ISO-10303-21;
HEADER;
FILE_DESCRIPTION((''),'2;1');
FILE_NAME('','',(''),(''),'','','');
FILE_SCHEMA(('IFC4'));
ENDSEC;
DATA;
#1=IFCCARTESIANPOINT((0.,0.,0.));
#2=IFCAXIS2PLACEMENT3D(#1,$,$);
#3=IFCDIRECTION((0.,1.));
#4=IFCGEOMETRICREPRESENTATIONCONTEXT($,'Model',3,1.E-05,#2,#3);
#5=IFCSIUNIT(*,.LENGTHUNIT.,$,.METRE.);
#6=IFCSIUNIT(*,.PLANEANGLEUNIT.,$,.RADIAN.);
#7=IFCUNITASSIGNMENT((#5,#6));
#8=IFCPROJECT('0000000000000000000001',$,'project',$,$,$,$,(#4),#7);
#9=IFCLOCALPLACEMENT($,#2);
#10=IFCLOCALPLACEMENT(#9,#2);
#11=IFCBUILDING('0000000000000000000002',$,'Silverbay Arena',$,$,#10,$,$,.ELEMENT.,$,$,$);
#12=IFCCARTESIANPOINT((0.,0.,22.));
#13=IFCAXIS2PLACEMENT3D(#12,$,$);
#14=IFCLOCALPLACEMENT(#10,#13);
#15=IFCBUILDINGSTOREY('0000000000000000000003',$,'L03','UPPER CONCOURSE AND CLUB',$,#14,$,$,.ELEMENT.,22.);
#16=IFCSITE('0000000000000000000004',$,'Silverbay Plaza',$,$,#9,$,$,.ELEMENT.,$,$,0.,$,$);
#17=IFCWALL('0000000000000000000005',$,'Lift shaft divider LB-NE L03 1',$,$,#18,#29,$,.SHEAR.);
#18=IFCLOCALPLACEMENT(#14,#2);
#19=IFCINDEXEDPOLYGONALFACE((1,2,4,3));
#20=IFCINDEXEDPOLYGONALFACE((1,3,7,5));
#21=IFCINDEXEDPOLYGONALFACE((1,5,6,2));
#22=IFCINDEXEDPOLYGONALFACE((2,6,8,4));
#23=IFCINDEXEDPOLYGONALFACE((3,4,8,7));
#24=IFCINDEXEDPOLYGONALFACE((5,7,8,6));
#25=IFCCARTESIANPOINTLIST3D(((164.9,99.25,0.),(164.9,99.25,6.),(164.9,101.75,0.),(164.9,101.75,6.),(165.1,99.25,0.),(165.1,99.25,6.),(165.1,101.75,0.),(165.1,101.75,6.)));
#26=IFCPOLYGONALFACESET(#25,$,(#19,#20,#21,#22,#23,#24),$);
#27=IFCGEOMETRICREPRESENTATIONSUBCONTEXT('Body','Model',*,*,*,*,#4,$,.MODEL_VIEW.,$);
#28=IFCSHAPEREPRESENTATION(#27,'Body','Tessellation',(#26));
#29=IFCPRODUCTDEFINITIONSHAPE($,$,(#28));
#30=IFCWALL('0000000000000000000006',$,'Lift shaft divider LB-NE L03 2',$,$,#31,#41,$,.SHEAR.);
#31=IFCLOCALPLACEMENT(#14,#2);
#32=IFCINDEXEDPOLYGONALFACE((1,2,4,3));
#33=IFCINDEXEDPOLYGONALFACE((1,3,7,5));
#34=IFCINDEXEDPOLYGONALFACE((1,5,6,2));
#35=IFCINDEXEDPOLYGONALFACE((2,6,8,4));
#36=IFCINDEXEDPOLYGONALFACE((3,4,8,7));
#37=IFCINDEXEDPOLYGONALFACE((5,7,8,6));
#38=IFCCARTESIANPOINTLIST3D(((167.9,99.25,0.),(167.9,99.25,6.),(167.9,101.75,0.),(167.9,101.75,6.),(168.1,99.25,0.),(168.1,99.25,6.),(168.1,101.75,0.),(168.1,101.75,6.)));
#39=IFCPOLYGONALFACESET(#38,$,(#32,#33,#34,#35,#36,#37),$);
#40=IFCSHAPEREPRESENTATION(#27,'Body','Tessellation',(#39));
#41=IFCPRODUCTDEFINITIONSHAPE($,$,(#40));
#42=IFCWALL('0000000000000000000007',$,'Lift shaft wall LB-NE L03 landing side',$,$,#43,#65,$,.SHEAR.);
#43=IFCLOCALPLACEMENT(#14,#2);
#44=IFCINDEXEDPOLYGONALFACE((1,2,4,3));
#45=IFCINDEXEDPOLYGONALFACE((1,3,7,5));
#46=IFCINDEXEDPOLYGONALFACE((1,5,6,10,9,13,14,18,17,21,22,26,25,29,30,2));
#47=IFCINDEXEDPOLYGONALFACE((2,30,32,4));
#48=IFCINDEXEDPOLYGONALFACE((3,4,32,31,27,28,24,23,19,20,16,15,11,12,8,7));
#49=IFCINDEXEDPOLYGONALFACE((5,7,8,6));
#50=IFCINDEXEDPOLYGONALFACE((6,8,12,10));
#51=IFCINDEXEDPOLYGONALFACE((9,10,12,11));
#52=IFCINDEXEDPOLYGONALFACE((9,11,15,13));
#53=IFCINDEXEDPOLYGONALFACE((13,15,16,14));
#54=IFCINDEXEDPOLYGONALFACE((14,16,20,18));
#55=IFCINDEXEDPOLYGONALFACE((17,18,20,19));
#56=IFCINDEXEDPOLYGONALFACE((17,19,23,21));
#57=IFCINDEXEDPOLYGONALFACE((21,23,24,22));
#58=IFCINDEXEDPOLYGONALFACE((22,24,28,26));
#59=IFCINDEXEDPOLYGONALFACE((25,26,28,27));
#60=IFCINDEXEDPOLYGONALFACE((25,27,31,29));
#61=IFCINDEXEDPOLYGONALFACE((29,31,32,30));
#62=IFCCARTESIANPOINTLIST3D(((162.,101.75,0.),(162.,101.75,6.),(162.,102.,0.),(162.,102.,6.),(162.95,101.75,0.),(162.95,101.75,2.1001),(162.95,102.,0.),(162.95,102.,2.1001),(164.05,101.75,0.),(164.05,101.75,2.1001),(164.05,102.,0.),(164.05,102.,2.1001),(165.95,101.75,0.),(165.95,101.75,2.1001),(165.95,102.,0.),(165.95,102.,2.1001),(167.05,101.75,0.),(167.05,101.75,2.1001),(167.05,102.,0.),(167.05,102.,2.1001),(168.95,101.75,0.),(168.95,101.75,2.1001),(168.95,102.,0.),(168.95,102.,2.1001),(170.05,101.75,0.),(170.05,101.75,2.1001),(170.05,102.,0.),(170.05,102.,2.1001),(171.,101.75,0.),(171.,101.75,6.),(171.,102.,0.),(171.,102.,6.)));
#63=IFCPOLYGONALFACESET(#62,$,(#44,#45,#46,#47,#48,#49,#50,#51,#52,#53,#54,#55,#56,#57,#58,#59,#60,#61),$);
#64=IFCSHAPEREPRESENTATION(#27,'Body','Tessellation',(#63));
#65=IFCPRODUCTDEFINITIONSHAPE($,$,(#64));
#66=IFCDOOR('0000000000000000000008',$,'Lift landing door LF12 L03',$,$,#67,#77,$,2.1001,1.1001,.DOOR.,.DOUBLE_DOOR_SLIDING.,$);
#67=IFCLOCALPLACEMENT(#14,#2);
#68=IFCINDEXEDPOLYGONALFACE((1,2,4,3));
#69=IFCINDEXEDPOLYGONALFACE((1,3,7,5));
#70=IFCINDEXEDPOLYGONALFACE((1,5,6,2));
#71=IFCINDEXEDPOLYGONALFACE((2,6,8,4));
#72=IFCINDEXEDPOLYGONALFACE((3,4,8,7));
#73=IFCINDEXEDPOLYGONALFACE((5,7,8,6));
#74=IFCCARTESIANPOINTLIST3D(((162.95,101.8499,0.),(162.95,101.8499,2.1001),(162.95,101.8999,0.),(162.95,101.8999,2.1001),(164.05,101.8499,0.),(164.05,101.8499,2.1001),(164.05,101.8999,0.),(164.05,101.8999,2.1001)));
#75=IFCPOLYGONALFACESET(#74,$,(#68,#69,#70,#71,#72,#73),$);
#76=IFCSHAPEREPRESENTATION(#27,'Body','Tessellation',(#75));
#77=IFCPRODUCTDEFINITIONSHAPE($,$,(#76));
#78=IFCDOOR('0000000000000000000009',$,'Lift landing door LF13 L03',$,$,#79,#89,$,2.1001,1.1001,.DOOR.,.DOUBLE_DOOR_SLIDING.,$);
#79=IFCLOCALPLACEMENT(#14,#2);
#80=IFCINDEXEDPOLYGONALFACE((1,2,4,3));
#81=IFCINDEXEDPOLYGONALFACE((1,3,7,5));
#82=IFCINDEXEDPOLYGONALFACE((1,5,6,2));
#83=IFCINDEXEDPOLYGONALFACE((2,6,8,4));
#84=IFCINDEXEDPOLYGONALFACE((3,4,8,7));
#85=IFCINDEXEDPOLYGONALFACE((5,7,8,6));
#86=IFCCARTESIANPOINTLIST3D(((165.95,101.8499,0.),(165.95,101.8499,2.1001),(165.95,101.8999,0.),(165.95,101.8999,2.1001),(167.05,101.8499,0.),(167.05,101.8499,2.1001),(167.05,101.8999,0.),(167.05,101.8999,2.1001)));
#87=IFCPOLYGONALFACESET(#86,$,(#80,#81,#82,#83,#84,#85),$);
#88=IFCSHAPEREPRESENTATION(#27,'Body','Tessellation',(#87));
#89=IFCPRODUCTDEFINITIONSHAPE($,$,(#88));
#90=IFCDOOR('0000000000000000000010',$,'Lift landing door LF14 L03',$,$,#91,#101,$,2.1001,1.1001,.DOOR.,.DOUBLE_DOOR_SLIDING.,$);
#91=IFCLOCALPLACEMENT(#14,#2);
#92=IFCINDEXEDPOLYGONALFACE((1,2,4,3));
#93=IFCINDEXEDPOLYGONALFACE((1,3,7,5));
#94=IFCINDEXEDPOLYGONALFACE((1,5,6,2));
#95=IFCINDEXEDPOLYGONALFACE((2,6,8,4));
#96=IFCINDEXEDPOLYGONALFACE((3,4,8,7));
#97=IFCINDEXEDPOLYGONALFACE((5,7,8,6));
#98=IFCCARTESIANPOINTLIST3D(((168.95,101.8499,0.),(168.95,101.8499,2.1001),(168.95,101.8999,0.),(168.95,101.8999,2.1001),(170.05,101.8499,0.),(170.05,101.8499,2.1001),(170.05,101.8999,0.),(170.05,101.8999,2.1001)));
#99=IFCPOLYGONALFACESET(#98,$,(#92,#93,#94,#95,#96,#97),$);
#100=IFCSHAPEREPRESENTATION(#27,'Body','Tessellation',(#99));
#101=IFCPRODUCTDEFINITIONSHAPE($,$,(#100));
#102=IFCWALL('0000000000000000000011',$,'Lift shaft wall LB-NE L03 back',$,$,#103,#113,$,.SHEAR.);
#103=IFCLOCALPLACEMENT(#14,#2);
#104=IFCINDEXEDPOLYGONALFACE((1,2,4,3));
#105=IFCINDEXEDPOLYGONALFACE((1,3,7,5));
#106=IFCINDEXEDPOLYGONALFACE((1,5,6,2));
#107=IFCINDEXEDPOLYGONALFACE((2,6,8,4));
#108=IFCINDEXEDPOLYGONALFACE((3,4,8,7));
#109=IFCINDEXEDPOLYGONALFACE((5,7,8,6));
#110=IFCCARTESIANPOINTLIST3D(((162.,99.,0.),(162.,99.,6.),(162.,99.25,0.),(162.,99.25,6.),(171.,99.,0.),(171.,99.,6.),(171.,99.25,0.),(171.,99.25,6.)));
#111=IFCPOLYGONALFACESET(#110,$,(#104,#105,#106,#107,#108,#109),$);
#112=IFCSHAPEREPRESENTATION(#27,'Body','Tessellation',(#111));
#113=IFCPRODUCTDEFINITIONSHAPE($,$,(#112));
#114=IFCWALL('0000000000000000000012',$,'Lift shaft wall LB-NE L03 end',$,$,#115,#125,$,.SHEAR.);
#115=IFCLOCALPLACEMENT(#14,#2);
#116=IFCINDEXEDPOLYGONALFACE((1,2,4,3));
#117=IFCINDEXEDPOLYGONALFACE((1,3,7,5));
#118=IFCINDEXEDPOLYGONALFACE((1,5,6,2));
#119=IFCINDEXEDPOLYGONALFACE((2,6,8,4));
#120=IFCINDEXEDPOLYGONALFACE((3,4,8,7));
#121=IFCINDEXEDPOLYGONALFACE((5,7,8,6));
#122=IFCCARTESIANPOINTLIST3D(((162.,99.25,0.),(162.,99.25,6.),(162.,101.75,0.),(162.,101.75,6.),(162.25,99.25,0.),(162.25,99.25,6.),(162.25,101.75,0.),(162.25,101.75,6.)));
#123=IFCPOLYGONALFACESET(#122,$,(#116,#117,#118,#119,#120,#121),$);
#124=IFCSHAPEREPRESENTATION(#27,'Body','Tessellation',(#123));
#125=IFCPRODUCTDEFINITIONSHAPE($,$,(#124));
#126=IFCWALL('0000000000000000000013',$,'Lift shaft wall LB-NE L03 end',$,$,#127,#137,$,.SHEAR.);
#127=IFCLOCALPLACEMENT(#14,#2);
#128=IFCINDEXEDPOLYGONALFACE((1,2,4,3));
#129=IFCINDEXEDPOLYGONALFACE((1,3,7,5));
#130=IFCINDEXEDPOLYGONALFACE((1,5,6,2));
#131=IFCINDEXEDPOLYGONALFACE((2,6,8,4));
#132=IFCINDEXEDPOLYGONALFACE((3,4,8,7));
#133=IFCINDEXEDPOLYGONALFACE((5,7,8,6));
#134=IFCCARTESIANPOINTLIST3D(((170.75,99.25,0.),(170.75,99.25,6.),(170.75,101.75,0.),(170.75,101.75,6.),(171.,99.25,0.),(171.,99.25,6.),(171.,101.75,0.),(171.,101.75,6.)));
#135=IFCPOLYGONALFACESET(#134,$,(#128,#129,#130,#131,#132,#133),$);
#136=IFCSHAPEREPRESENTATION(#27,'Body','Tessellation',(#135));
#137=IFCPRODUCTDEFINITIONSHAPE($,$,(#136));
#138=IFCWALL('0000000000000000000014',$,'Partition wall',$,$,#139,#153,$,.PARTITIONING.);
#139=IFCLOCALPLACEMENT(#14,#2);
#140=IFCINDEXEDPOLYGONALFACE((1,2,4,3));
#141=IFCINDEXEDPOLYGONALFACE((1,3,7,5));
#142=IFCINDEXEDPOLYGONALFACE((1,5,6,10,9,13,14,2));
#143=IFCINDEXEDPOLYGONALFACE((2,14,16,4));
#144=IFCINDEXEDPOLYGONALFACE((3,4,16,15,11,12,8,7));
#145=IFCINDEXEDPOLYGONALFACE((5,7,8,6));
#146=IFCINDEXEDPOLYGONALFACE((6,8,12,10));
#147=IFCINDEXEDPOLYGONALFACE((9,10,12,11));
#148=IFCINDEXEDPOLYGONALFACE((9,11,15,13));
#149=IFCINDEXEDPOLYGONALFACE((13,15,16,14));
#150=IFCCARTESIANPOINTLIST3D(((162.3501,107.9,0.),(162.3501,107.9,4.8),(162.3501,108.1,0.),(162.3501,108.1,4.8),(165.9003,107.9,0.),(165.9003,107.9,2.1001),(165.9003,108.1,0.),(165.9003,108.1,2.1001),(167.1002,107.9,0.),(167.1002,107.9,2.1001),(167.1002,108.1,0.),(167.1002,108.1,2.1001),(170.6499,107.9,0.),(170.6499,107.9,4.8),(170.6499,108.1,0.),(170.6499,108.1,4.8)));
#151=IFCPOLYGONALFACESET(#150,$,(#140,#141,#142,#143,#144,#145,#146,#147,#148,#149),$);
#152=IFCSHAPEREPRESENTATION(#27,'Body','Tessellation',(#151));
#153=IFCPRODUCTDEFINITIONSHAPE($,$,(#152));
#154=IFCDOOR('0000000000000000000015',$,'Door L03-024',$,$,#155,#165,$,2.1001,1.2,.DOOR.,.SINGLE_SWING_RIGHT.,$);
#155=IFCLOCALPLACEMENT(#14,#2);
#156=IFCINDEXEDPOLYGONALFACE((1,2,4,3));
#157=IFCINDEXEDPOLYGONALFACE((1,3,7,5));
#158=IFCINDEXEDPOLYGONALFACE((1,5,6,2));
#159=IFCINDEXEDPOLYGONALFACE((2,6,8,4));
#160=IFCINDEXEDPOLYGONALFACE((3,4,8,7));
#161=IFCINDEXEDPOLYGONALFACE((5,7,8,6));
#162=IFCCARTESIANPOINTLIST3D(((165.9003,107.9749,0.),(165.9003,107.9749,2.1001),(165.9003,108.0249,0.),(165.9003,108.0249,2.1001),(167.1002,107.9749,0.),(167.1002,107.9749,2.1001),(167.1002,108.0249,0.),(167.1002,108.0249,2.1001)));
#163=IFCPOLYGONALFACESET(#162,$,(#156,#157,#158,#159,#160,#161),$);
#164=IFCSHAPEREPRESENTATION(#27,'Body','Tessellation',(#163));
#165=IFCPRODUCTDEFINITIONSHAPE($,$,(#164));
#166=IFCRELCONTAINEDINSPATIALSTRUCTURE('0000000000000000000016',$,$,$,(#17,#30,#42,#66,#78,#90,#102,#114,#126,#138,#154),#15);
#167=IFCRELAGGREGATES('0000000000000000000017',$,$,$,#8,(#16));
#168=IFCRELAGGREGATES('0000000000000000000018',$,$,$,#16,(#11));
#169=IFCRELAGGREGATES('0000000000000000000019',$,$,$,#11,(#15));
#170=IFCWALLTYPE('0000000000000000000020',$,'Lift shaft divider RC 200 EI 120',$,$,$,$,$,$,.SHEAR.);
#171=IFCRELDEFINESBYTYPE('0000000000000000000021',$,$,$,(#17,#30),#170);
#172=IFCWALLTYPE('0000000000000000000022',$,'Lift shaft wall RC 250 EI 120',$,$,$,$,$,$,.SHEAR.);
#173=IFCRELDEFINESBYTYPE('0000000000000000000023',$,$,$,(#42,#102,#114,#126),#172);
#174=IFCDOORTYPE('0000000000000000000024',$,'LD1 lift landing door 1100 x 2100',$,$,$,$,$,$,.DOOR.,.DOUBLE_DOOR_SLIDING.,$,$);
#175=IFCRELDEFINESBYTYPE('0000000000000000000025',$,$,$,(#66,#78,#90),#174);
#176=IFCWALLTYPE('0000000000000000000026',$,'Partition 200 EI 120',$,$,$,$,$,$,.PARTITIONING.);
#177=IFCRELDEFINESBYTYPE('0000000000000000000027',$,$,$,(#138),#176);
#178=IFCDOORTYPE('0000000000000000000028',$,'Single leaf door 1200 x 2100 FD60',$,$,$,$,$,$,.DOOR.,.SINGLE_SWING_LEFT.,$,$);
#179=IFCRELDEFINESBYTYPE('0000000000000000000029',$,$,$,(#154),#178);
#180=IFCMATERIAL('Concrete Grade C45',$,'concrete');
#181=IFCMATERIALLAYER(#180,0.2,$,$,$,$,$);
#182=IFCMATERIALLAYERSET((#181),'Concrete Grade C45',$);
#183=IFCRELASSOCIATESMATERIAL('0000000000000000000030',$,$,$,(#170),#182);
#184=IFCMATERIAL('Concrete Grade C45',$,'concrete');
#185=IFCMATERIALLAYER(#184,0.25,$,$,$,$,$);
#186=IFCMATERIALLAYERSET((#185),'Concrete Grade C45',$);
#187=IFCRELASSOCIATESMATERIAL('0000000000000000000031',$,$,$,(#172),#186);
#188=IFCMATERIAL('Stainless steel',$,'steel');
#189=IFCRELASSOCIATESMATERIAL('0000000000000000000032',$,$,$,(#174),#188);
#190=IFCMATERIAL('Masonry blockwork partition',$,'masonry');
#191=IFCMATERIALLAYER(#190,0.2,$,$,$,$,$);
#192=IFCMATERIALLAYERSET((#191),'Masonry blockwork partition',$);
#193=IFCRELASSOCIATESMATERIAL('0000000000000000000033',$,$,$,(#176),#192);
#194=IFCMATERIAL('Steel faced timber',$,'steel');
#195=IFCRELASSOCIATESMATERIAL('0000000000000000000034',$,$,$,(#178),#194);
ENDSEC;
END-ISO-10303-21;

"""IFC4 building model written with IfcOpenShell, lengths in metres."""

from ifc_helpers import new_model, si_unit, direction, frame, frame_2d, origin, place, context, subcontext, project, spatial, rectangle, extrude, material, layer, layer_set, type_object, element, fill, save


model = new_model("IFC4")

# Units and contexts
model_context = context("Model", 3, precision=1e-05, world=origin(), true_north=direction((0.0, 1.0)))
body_context = subcontext(model_context, "Body", "Model", "MODEL_VIEW")
ifc_project = project(units=[si_unit("LENGTHUNIT", "METRE"), si_unit("PLANEANGLEUNIT", "RADIAN")], contexts=[model_context])

# Site, building, storey
site_placement = place(None, origin())
site = spatial("IfcSite", under=ifc_project, at=site_placement, Name="Silverbay Plaza", CompositionType="ELEMENT", RefElevation=0.0)
building_placement = place(site_placement, origin())
building = spatial("IfcBuilding", under=site, at=building_placement, Name="Silverbay Arena", CompositionType="ELEMENT")
storey_placement = place(building_placement, frame((0.0, 0.0, 22.0)))
storey = spatial("IfcBuildingStorey", under=building, at=storey_placement, Name="L03", Description="UPPER CONCOURSE AND CLUB", CompositionType="ELEMENT", Elevation=22.0)

# Walls
ifc_material_1 = material(Name="Concrete Grade C45", Category="concrete")
ifc_layer_1 = layer(ifc_material_1, 0.2)
ifc_layer_set_1 = layer_set([ifc_layer_1], Name="Concrete Grade C45")
wall_type_1 = type_object("IfcWallType", Name="Lift shaft divider RC 200 EI 120", PredefinedType="SHEAR", material=ifc_layer_set_1)
for number, where, z_axis, x_axis, name in (
    (1, (165.0, 99.25, 0.0), (0.0, 0.0, 1.0), (0.0, 1.0, 0.0), "Lift shaft divider LB-NE L03 1"),
    (2, (168.0, 99.25, 0.0), (0.0, 0.0, 1.0), (0.0, 1.0, 0.0), "Lift shaft divider LB-NE L03 2"),
):
    element("IfcWall", number, at=place(storey_placement, frame(where, z_axis=z_axis, x_axis=x_axis)), inside=storey, type_object=wall_type_1, Name=name, PredefinedType="SHEAR", context=body_context, shape_type="SweptSolid", body=[
        extrude(rectangle(XDim=2.5, YDim=0.2, at=frame_2d((1.25, 0.0))), origin(), (0.0, 0.0, 1.0), 6.0),
    ])

# Wall, openings, doors
ifc_material_2 = material(Name="Concrete Grade C45", Category="concrete")
ifc_layer_2 = layer(ifc_material_2, 0.25)
ifc_layer_set_2 = layer_set([ifc_layer_2], Name="Concrete Grade C45")
wall_type_2 = type_object("IfcWallType", Name="Lift shaft wall RC 250 EI 120", PredefinedType="SHEAR", material=ifc_layer_set_2)
wall_1_placement = place(storey_placement, frame((162.0, 101.875, 0.0), z_axis=(0.0, 0.0, 1.0), x_axis=(1.0, 0.0, 0.0)))
wall_1 = element("IfcWall", 3, at=wall_1_placement, inside=storey, type_object=wall_type_2, Name="Lift shaft wall LB-NE L03 landing side", PredefinedType="SHEAR", context=body_context, shape_type="SweptSolid", body=[
    extrude(rectangle(XDim=9.0, YDim=0.25, at=frame_2d((4.5, 0.0))), origin(), (0.0, 0.0, 1.0), 6.0),
])
opening_1_placement = place(wall_1_placement, frame((0.95, 0.0, 0.0)))
opening_1 = element("IfcOpeningElement", 4, at=opening_1_placement, cuts=wall_1, PredefinedType="OPENING", context=body_context, shape_type="SweptSolid", body=[
    extrude(rectangle(XDim=1.1001, YDim=2.1001, at=frame_2d((0.55, 1.05))), frame((0.0, 0.135, 0.0), z_axis=(0.0, -1.0, 0.0), x_axis=(1.0, 0.0, 0.0)), (0.0, 0.0, 1.0), 0.27),
])
opening_2_placement = place(wall_1_placement, frame((3.95, 0.0, 0.0)))
opening_2 = element("IfcOpeningElement", 5, at=opening_2_placement, cuts=wall_1, PredefinedType="OPENING", context=body_context, shape_type="SweptSolid", body=[
    extrude(rectangle(XDim=1.1001, YDim=2.1001, at=frame_2d((0.55, 1.05))), frame((0.0, 0.135, 0.0), z_axis=(0.0, -1.0, 0.0), x_axis=(1.0, 0.0, 0.0)), (0.0, 0.0, 1.0), 0.27),
])
opening_3_placement = place(wall_1_placement, frame((6.95, 0.0, 0.0)))
opening_3 = element("IfcOpeningElement", 6, at=opening_3_placement, cuts=wall_1, PredefinedType="OPENING", context=body_context, shape_type="SweptSolid", body=[
    extrude(rectangle(XDim=1.1001, YDim=2.1001, at=frame_2d((0.55, 1.05))), frame((0.0, 0.135, 0.0), z_axis=(0.0, -1.0, 0.0), x_axis=(1.0, 0.0, 0.0)), (0.0, 0.0, 1.0), 0.27),
])
ifc_material_3 = material(Name="Stainless steel", Category="steel")
door_type_1 = type_object("IfcDoorType", Name="LD1 lift landing door 1100 x 2100", OperationType="DOUBLE_DOOR_SLIDING", PredefinedType="DOOR", material=ifc_material_3)
door_1_placement = place(opening_1_placement, origin())
door_1 = element("IfcDoor", 7, at=door_1_placement, inside=storey, type_object=door_type_1, Name="Lift landing door LF12 L03", OperationType="DOUBLE_DOOR_SLIDING", OverallHeight=2.1001, OverallWidth=1.1001, PredefinedType="DOOR", context=body_context, shape_type="SweptSolid", body=[
    extrude(rectangle(XDim=1.1001, YDim=2.1001, at=frame_2d((0.55, 1.05))), frame((0.0, 0.0249, 0.0), z_axis=(0.0, -1.0, 0.0), x_axis=(1.0, 0.0, 0.0)), (0.0, 0.0, 1.0), 0.05),
])
fill(opening_1, door_1)
door_2_placement = place(opening_2_placement, origin())
door_2 = element("IfcDoor", 8, at=door_2_placement, inside=storey, type_object=door_type_1, Name="Lift landing door LF13 L03", OperationType="DOUBLE_DOOR_SLIDING", OverallHeight=2.1001, OverallWidth=1.1001, PredefinedType="DOOR", context=body_context, shape_type="SweptSolid", body=[
    extrude(rectangle(XDim=1.1001, YDim=2.1001, at=frame_2d((0.55, 1.05))), frame((0.0, 0.0249, 0.0), z_axis=(0.0, -1.0, 0.0), x_axis=(1.0, 0.0, 0.0)), (0.0, 0.0, 1.0), 0.05),
])
fill(opening_2, door_2)
door_3_placement = place(opening_3_placement, origin())
door_3 = element("IfcDoor", 9, at=door_3_placement, inside=storey, type_object=door_type_1, Name="Lift landing door LF14 L03", OperationType="DOUBLE_DOOR_SLIDING", OverallHeight=2.1001, OverallWidth=1.1001, PredefinedType="DOOR", context=body_context, shape_type="SweptSolid", body=[
    extrude(rectangle(XDim=1.1001, YDim=2.1001, at=frame_2d((0.55, 1.05))), frame((0.0, 0.0249, 0.0), z_axis=(0.0, -1.0, 0.0), x_axis=(1.0, 0.0, 0.0)), (0.0, 0.0, 1.0), 0.05),
])
fill(opening_3, door_3)

# Walls
wall_2_placement = place(storey_placement, frame((162.0, 99.125, 0.0), z_axis=(0.0, 0.0, 1.0), x_axis=(1.0, 0.0, 0.0)))
element("IfcWall", 10, at=wall_2_placement, inside=storey, type_object=wall_type_2, Name="Lift shaft wall LB-NE L03 back", PredefinedType="SHEAR", context=body_context, shape_type="SweptSolid", body=[
    extrude(rectangle(XDim=9.0, YDim=0.25, at=frame_2d((4.5, 0.0))), origin(), (0.0, 0.0, 1.0), 6.0),
])
for number, where, z_axis, x_axis, name in (
    (11, (162.125, 99.25, 0.0), (0.0, 0.0, 1.0), (0.0, 1.0, 0.0), "Lift shaft wall LB-NE L03 end"),
    (12, (170.875, 99.25, 0.0), (0.0, 0.0, 1.0), (0.0, 1.0, 0.0), "Lift shaft wall LB-NE L03 end"),
):
    element("IfcWall", number, at=place(storey_placement, frame(where, z_axis=z_axis, x_axis=x_axis)), inside=storey, type_object=wall_type_2, Name=name, PredefinedType="SHEAR", context=body_context, shape_type="SweptSolid", body=[
        extrude(rectangle(XDim=2.5, YDim=0.25, at=frame_2d((1.25, 0.0))), origin(), (0.0, 0.0, 1.0), 6.0),
    ])

# Wall, opening, door
ifc_material_4 = material(Name="Masonry blockwork partition", Category="masonry")
ifc_layer_3 = layer(ifc_material_4, 0.2)
ifc_layer_set_3 = layer_set([ifc_layer_3], Name="Masonry blockwork partition")
wall_type_3 = type_object("IfcWallType", Name="Partition 200 EI 120", PredefinedType="PARTITIONING", material=ifc_layer_set_3)
wall_3_placement = place(storey_placement, frame((162.3501, 108.0, 0.0), z_axis=(0.0, 0.0, 1.0), x_axis=(1.0, 0.0, 0.0)))
wall_3 = element("IfcWall", 13, at=wall_3_placement, inside=storey, type_object=wall_type_3, Name="Partition wall", PredefinedType="PARTITIONING", context=body_context, shape_type="SweptSolid", body=[
    extrude(rectangle(XDim=8.2998, YDim=0.2, at=frame_2d((4.1499, 0.0))), origin(), (0.0, 0.0, 1.0), 4.8),
])
opening_4_placement = place(wall_3_placement, frame((3.55, 0.0, 0.0)))
opening_4 = element("IfcOpeningElement", 14, at=opening_4_placement, cuts=wall_3, PredefinedType="OPENING", context=body_context, shape_type="SweptSolid", body=[
    extrude(rectangle(XDim=1.2, YDim=2.1001, at=frame_2d((0.6001, 1.05))), frame((0.0, 0.1099, 0.0), z_axis=(0.0, -1.0, 0.0), x_axis=(1.0, 0.0, 0.0)), (0.0, 0.0, 1.0), 0.22),
])
ifc_material_5 = material(Name="Steel faced timber", Category="steel")
door_type_2 = type_object("IfcDoorType", Name="Single leaf door 1200 x 2100 FD60", OperationType="SINGLE_SWING_LEFT", PredefinedType="DOOR", material=ifc_material_5)
door_4_placement = place(opening_4_placement, origin())
door_4 = element("IfcDoor", 15, at=door_4_placement, inside=storey, type_object=door_type_2, Name="Door L03-024", OperationType="SINGLE_SWING_RIGHT", OverallHeight=2.1001, OverallWidth=1.2, PredefinedType="DOOR", context=body_context, shape_type="SweptSolid", body=[
    extrude(rectangle(XDim=1.2, YDim=2.1001, at=frame_2d((0.6001, 1.05))), frame((0.0, 0.0249, 0.0), z_axis=(0.0, -1.0, 0.0), x_axis=(1.0, 0.0, 0.0)), (0.0, 0.0, 1.0), 0.05),
])
fill(opening_4, door_4)

save(model, "model.ifc")
